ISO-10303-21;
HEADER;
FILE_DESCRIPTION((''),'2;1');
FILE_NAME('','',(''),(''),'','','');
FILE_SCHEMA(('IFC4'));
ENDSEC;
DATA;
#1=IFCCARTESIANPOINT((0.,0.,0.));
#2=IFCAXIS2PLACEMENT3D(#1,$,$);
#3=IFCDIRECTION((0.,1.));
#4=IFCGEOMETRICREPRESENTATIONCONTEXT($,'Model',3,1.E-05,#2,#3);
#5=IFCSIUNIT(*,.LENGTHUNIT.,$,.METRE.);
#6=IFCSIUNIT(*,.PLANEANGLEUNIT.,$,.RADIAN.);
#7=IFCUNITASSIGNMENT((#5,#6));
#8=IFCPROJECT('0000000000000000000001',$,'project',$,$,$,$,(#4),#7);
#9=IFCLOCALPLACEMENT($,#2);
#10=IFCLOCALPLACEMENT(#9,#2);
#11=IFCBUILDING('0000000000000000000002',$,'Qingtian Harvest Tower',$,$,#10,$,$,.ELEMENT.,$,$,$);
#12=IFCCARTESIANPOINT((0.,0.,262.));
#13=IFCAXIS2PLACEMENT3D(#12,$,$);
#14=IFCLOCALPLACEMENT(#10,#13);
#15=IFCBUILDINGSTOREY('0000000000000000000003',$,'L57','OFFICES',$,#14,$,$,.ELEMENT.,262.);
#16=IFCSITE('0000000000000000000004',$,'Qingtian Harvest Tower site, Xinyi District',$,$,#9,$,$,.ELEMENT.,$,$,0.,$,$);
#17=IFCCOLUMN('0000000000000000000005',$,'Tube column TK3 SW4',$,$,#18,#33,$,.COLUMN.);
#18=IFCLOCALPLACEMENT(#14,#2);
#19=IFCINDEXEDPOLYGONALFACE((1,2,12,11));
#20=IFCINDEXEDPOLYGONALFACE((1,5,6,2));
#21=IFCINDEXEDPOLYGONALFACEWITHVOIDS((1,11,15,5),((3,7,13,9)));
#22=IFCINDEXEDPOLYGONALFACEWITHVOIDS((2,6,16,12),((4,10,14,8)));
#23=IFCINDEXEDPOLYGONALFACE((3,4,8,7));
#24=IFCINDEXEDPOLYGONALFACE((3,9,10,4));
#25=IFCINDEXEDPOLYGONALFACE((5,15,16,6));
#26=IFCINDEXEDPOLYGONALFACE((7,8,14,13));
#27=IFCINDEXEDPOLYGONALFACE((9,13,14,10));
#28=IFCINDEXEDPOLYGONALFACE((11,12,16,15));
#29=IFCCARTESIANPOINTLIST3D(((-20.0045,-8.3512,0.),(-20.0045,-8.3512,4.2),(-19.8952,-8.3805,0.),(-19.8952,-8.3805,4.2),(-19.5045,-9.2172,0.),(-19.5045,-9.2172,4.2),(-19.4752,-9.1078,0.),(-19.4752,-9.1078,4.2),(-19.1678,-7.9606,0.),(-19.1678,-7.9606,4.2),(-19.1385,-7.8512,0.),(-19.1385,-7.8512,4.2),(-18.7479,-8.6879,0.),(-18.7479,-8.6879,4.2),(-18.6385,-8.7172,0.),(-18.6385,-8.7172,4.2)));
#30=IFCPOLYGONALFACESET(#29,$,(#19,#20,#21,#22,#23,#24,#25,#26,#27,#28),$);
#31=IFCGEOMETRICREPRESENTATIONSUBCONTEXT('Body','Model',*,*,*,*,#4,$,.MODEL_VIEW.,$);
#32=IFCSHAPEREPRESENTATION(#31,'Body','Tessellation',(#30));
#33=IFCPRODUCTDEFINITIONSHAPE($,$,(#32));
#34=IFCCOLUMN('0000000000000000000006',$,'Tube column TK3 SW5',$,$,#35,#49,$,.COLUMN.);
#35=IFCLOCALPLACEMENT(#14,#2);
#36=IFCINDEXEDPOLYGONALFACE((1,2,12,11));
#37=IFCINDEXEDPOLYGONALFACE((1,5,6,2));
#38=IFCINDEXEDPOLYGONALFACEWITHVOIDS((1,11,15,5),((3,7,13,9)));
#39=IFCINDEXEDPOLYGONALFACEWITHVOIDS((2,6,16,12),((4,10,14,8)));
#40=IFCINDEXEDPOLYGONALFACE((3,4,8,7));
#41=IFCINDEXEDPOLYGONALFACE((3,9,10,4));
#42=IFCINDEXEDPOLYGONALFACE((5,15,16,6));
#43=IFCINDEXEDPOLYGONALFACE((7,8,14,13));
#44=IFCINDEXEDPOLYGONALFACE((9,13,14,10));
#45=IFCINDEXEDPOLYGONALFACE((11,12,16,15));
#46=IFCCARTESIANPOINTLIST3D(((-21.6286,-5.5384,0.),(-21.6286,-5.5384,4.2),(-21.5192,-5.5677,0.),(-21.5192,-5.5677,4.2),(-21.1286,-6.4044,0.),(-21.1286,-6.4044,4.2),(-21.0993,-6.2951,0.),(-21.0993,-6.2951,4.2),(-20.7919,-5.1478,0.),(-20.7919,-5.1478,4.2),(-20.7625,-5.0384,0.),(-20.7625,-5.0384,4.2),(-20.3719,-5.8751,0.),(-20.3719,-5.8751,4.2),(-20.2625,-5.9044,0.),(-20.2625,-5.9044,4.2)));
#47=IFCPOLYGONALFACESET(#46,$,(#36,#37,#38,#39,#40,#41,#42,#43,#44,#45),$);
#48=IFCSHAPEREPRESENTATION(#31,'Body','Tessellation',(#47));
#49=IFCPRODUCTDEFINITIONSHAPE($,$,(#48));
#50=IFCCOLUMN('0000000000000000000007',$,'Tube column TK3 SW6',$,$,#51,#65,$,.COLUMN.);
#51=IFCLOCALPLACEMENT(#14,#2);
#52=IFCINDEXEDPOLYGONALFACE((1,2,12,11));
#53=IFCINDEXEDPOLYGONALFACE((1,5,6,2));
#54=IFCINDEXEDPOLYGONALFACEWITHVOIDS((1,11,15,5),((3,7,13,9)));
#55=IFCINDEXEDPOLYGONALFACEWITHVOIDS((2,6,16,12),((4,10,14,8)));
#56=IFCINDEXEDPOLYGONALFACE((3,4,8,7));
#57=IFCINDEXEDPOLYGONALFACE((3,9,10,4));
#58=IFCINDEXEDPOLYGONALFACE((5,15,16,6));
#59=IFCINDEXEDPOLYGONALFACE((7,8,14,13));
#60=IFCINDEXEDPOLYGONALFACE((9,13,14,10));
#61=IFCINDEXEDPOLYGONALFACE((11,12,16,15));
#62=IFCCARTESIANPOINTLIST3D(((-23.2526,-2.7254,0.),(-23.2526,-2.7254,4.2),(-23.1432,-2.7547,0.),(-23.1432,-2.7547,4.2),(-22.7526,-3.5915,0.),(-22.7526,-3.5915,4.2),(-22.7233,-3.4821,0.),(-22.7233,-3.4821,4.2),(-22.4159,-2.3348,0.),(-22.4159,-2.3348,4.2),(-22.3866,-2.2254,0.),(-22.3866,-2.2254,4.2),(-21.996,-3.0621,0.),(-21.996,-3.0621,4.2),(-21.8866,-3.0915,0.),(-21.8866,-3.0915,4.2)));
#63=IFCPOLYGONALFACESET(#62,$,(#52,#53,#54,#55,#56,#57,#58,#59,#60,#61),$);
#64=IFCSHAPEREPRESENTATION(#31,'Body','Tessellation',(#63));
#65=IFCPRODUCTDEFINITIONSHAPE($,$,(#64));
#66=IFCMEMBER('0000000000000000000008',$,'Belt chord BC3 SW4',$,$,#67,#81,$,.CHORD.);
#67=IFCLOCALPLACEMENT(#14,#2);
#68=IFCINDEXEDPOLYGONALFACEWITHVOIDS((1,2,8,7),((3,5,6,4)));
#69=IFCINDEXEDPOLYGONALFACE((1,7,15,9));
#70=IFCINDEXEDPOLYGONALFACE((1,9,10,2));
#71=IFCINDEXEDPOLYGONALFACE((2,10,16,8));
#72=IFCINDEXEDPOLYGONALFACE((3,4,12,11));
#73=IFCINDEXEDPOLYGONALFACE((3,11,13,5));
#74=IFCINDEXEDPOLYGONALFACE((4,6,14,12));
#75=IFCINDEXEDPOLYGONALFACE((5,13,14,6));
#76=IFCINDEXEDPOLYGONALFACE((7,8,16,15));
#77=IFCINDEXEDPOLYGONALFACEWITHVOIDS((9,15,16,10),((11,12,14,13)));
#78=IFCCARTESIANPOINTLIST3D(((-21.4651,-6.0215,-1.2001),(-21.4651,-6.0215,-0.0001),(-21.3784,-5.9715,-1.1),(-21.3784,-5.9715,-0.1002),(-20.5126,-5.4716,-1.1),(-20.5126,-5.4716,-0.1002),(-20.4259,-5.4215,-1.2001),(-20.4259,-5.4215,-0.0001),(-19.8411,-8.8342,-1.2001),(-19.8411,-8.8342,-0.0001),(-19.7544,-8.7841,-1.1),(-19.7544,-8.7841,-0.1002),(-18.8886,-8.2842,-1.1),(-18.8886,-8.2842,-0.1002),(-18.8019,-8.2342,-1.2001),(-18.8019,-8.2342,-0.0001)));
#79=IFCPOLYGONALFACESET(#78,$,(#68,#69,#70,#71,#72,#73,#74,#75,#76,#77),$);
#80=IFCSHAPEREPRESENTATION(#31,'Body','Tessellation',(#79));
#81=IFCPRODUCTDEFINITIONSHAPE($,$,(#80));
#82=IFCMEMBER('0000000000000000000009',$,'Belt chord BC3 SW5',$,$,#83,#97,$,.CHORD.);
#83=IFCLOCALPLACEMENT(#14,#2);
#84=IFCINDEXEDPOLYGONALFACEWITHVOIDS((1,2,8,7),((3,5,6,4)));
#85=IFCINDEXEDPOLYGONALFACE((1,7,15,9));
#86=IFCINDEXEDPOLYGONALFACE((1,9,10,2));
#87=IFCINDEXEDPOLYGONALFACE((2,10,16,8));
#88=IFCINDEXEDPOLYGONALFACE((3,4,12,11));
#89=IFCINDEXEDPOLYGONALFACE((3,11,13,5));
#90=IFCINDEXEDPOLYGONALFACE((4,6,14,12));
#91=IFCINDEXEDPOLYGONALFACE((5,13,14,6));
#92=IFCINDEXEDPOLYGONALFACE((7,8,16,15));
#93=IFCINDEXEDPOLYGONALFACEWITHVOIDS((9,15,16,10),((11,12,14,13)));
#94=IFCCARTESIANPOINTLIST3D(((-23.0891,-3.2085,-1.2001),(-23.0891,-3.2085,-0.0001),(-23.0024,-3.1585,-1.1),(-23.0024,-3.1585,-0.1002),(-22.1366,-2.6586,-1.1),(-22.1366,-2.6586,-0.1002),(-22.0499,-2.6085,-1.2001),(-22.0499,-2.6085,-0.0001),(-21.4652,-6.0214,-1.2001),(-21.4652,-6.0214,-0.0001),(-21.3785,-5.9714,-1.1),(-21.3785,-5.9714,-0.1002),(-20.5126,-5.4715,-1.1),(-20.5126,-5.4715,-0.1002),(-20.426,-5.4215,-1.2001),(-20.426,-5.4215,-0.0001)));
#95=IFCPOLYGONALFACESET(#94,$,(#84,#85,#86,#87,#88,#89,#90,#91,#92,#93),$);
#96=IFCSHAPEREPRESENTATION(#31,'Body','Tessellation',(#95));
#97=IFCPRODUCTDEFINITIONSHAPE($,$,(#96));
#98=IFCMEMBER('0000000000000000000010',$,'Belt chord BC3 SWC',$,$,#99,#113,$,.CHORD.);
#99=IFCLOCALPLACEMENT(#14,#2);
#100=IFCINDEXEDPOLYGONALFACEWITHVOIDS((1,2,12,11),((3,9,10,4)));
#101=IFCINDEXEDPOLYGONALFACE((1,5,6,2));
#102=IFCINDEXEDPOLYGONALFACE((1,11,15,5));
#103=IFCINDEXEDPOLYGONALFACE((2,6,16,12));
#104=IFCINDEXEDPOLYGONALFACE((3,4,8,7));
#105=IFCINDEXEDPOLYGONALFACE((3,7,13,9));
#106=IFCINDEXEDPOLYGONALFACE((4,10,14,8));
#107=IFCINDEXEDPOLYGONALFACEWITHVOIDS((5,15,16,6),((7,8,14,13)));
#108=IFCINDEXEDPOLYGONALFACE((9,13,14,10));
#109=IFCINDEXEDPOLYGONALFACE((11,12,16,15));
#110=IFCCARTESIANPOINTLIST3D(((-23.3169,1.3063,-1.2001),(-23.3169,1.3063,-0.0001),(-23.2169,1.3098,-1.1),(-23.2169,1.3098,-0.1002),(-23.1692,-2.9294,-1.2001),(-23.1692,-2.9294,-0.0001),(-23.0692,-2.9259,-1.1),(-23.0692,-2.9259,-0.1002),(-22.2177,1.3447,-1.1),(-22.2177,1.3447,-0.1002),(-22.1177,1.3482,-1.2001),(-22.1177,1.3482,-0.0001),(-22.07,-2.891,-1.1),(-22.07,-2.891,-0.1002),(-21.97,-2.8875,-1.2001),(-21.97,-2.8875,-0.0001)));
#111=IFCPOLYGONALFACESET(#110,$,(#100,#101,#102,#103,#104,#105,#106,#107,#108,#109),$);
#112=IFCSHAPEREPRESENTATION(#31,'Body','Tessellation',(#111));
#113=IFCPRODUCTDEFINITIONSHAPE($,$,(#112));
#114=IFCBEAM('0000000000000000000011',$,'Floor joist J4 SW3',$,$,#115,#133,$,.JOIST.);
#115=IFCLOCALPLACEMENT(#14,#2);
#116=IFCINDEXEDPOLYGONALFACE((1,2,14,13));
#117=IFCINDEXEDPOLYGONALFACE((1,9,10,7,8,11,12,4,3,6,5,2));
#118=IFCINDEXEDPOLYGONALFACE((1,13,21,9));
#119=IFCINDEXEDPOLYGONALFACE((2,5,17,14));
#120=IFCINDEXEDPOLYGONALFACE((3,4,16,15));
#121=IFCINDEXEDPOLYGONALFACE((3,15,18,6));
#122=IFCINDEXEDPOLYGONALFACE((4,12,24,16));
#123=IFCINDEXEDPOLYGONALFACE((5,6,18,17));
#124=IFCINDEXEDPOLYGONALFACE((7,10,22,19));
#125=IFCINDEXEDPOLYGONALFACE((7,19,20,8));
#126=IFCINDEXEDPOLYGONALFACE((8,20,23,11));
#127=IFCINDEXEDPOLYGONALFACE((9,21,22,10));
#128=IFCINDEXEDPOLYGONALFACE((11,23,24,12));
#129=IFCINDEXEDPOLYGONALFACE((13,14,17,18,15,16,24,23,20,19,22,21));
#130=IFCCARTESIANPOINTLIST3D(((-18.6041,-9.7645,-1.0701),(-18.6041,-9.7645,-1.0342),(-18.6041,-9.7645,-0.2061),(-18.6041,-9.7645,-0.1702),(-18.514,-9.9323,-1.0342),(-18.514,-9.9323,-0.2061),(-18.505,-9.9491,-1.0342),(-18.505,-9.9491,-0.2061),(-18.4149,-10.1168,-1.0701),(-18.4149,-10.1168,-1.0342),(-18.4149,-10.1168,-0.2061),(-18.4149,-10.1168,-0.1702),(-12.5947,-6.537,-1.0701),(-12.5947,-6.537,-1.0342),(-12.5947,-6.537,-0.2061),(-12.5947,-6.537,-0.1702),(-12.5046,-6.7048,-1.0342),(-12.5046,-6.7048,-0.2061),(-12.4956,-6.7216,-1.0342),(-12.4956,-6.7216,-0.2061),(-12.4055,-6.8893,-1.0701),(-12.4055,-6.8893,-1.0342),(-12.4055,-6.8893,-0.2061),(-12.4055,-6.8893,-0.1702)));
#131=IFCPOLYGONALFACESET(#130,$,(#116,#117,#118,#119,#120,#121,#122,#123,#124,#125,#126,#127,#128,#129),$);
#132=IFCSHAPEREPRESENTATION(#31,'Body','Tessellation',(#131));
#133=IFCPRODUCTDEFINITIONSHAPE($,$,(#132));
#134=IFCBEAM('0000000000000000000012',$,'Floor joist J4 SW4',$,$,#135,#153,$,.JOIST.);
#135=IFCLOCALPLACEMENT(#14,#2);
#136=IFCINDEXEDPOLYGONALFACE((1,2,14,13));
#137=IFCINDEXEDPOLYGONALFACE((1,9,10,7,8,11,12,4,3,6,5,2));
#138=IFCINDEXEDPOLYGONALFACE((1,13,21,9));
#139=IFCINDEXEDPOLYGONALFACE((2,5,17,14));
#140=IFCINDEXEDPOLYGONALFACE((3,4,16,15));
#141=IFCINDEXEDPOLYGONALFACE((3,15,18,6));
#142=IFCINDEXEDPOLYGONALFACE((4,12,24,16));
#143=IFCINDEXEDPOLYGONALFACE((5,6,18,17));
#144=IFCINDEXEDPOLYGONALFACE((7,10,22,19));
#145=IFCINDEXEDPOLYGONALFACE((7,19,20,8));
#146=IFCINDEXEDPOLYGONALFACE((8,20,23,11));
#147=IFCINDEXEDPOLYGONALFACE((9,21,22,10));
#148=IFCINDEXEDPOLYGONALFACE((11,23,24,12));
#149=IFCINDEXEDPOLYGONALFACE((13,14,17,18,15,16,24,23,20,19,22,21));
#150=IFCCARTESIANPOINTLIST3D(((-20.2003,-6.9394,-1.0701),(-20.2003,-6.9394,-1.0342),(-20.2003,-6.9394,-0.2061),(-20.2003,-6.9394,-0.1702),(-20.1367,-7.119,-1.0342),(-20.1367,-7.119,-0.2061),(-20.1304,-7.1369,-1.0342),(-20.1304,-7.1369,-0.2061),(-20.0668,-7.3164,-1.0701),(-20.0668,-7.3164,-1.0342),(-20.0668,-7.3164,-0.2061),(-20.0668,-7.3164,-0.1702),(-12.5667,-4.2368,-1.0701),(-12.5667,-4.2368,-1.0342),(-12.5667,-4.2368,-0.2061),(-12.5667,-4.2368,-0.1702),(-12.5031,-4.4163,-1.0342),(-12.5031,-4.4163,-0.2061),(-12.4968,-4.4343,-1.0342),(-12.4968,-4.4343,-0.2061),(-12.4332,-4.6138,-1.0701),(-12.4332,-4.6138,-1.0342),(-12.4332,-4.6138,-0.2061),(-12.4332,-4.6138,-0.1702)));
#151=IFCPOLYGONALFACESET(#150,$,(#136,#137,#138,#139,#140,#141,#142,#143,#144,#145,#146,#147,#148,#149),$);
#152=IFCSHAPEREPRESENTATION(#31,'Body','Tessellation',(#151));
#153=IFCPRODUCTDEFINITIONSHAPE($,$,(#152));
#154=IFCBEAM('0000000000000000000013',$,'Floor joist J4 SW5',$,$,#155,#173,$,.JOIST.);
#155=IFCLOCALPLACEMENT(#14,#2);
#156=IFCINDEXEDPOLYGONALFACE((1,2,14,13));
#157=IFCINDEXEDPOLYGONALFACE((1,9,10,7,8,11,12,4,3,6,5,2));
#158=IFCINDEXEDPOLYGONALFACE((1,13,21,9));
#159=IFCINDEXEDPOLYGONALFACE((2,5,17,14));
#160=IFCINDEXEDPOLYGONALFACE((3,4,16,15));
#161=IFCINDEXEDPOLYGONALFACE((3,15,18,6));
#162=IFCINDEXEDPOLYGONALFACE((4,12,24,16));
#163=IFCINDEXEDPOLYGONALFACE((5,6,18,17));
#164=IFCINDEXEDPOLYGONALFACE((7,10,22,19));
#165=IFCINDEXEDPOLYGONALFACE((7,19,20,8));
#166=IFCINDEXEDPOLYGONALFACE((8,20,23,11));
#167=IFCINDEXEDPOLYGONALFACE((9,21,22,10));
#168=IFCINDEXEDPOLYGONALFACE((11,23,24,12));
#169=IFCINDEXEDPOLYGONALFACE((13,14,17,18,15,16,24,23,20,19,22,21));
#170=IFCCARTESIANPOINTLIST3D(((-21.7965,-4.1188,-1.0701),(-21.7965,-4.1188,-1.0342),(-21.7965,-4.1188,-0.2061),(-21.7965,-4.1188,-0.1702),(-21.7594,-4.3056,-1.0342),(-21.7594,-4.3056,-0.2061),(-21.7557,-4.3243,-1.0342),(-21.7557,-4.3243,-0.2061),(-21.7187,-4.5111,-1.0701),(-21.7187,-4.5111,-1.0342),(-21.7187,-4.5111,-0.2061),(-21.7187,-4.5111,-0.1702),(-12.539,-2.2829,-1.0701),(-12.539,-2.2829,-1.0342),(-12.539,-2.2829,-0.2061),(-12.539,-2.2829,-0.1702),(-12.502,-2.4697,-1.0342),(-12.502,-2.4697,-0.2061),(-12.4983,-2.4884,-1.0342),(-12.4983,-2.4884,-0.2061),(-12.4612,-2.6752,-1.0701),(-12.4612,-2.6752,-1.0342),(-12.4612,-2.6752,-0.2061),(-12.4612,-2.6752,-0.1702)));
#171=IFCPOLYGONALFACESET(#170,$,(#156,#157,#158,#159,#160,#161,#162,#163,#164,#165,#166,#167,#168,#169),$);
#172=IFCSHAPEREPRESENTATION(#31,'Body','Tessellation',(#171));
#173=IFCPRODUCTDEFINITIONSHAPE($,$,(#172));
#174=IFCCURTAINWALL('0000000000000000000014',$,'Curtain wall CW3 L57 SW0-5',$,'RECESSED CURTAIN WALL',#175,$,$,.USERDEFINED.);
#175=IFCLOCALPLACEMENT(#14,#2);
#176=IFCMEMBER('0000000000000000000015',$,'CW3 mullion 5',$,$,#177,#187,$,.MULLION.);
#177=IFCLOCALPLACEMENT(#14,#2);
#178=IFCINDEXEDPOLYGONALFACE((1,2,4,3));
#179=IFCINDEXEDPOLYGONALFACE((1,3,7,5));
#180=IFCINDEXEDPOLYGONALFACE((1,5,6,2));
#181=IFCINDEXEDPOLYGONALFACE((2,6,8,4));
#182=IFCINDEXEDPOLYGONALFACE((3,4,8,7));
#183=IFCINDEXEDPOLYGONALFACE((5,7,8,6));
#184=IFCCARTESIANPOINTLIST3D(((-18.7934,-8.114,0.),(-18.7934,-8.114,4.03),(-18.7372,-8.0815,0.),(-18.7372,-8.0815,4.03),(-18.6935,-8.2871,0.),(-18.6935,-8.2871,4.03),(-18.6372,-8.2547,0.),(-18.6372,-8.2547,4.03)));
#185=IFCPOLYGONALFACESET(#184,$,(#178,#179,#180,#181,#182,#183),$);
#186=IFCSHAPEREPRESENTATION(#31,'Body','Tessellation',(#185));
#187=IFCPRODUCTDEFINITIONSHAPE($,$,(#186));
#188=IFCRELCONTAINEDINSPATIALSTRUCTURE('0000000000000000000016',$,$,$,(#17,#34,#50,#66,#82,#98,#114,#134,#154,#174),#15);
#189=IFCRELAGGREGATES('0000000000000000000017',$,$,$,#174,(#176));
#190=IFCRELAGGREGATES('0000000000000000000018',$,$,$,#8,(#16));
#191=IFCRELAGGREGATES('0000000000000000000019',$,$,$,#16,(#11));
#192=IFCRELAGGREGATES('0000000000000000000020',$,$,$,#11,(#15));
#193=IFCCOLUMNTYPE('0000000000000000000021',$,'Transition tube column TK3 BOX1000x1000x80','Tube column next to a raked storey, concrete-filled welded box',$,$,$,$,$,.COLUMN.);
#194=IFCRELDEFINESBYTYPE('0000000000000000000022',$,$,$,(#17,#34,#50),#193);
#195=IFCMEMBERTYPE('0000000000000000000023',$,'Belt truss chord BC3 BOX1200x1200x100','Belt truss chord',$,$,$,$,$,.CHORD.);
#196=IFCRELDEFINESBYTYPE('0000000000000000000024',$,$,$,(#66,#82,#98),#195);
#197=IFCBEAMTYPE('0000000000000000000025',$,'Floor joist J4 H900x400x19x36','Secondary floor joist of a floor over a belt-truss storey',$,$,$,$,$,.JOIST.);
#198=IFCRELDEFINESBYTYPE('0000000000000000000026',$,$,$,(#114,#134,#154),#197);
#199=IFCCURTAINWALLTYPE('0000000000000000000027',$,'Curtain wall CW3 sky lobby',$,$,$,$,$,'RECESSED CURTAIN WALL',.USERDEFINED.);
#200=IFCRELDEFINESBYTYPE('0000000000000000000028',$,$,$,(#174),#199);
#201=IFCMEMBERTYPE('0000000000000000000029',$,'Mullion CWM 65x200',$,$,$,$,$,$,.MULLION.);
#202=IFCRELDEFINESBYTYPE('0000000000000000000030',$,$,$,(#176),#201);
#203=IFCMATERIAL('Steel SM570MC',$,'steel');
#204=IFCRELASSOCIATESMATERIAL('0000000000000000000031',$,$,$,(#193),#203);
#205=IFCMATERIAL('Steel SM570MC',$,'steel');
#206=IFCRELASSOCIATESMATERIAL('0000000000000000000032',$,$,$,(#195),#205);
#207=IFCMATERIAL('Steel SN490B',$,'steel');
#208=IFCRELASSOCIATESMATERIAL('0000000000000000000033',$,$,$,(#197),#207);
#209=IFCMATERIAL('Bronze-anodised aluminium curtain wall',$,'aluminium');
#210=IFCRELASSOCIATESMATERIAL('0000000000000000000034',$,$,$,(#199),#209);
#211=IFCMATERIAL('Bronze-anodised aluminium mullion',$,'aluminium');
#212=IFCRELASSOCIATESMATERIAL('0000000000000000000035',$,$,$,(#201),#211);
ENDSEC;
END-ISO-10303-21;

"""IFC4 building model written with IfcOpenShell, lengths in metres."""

from ifc_helpers import new_model, si_unit, direction, frame, origin, origin_2d, place, context, subcontext, project, spatial, rectangle, hollow_rectangle, i_section, extrude, material, material_profile, profile_set, type_object, element, aggregate, save


model = new_model("IFC4")

# Units and contexts
model_context = context("Model", 3, precision=1e-05, world=origin(), true_north=direction((0.0, 1.0)))
body_context = subcontext(model_context, "Body", "Model", "MODEL_VIEW")
ifc_project = project(units=[si_unit("LENGTHUNIT", "METRE"), si_unit("PLANEANGLEUNIT", "RADIAN")], contexts=[model_context])

# Site, building, storey
site_placement = place(None, origin())
site = spatial("IfcSite", under=ifc_project, at=site_placement, Name="Qingtian Harvest Tower site, Xinyi District", CompositionType="ELEMENT", RefElevation=0.0)
building_placement = place(site_placement, origin())
building = spatial("IfcBuilding", under=site, at=building_placement, Name="Qingtian Harvest Tower", CompositionType="ELEMENT")
storey_placement = place(building_placement, frame((0.0, 0.0, 262.0)))
storey = spatial("IfcBuildingStorey", under=building, at=storey_placement, Name="L57", Description="OFFICES", CompositionType="ELEMENT", Elevation=262.0)

# Columns
ifc_material_1 = material(Name="Steel SM570MC", Category="steel")
ifc_material_profile_1 = material_profile(ifc_material_1, hollow_rectangle(XDim=1.0, YDim=1.0, WallThickness=0.0801, at=origin_2d()), Name="BOX1000x1000x80")
ifc_profile_set_1 = profile_set([ifc_material_profile_1], Name="Steel SM570MC")
column_type = type_object("IfcColumnType", Name="Transition tube column TK3 BOX1000x1000x80", Description="Tube column next to a raked storey, concrete-filled welded box", PredefinedType="COLUMN", material=ifc_profile_set_1)
for number, where, z_axis, x_axis, name in (
    (1, (-19.3215, -8.5342, 0.0), (0.0, 0.0, 1.0), (0.5, -0.866025, 0.0), "Tube column TK3 SW4"),
    (2, (-20.9456, -5.7214, 0.0), (0.0, 0.0, 1.0), (0.5, -0.866025, 0.0), "Tube column TK3 SW5"),
    (3, (-22.5696, -2.9084, 0.0), (0.0, 0.0, 1.0), (0.5, -0.866025, 0.0), "Tube column TK3 SW6"),
):
    element("IfcColumn", number, at=place(storey_placement, frame(where, z_axis=z_axis, x_axis=x_axis)), inside=storey, type_object=column_type, Name=name, PredefinedType="COLUMN", context=body_context, shape_type="SweptSolid", body=[
        extrude(hollow_rectangle(XDim=1.0, YDim=1.0, WallThickness=0.0801, at=origin_2d()), origin(), (0.0, 0.0, 1.0), 4.2),
    ])

# Members
ifc_material_2 = material(Name="Steel SM570MC", Category="steel")
ifc_material_profile_2 = material_profile(ifc_material_2, hollow_rectangle(XDim=1.2, YDim=1.2, WallThickness=0.1001, at=origin_2d()), Name="BOX1200x1200x100")
ifc_profile_set_2 = profile_set([ifc_material_profile_2], Name="Steel SM570MC")
member_type_1 = type_object("IfcMemberType", Name="Belt truss chord BC3 BOX1200x1200x100", Description="Belt truss chord", PredefinedType="CHORD", material=ifc_profile_set_2)
member_1_placement = place(storey_placement, frame((-19.3215, -8.5342, -0.6001), z_axis=(-0.50002, 0.866014, 0.0), x_axis=(-0.866014, -0.50002, 0.0)))
element("IfcMember", 4, at=member_1_placement, inside=storey, type_object=member_type_1, Name="Belt chord BC3 SW4", PredefinedType="CHORD", context=body_context, shape_type="SweptSolid", body=[
    extrude(hollow_rectangle(XDim=1.2, YDim=1.2, WallThickness=0.1001, at=origin_2d()), origin(), (0.0, 0.0, 1.0), 3.2478),
])
member_2_placement = place(storey_placement, frame((-20.9456, -5.7214, -0.6001), z_axis=(-0.499987, 0.866033, 0.0), x_axis=(-0.866033, -0.499987, 0.0)))
element("IfcMember", 5, at=member_2_placement, inside=storey, type_object=member_type_1, Name="Belt chord BC3 SW5", PredefinedType="CHORD", context=body_context, shape_type="SweptSolid", body=[
    extrude(hollow_rectangle(XDim=1.2, YDim=1.2, WallThickness=0.1001, at=origin_2d()), origin(), (0.0, 0.0, 1.0), 3.248),
])
member_3_placement = place(storey_placement, frame((-22.5696, -2.9084, -0.6001), z_axis=(-0.034851, 0.999393, 0.0), x_axis=(-0.999393, -0.034851, 0.0)))
element("IfcMember", 6, at=member_3_placement, inside=storey, type_object=member_type_1, Name="Belt chord BC3 SWC", PredefinedType="CHORD", context=body_context, shape_type="SweptSolid", body=[
    extrude(hollow_rectangle(XDim=1.2, YDim=1.2, WallThickness=0.1001, at=origin_2d()), origin(), (0.0, 0.0, 1.0), 4.2383),
])

# Beams
ifc_material_3 = material(Name="Steel SN490B", Category="steel")
ifc_material_profile_3 = material_profile(ifc_material_3, i_section(OverallWidth=0.3999, OverallDepth=0.8999, WebThickness=0.019, FlangeThickness=0.0359, at=origin_2d()), Name="H900x400x19x36")
ifc_profile_set_3 = profile_set([ifc_material_profile_3], Name="Steel SN490B")
beam_type_1 = type_object("IfcBeamType", Name="Floor joist J4 H900x400x19x36", Description="Secondary floor joist of a floor over a belt-truss storey", PredefinedType="JOIST", material=ifc_profile_set_3)
beam_1_placement = place(storey_placement, frame((-18.5095, -9.9407, -0.6201), z_axis=(0.880982, 0.47315, 0.0), x_axis=(-0.47315, 0.880982, 0.0)))
element("IfcBeam", 7, at=beam_1_placement, inside=storey, type_object=beam_type_1, Name="Floor joist J4 SW3", PredefinedType="JOIST", context=body_context, shape_type="SweptSolid", body=[
    extrude(i_section(OverallWidth=0.3999, OverallDepth=0.8999, WebThickness=0.019, FlangeThickness=0.0359, at=origin_2d()), origin(), (0.0, 0.0, 1.0), 6.8213),
])
beam_2_placement = place(storey_placement, frame((-20.1335, -7.1279, -0.6201), z_axis=(0.942663, 0.333747, 0.0), x_axis=(-0.333747, 0.942663, 0.0)))
element("IfcBeam", 8, at=beam_2_placement, inside=storey, type_object=beam_type_1, Name="Floor joist J4 SW4", PredefinedType="JOIST", context=body_context, shape_type="SweptSolid", body=[
    extrude(i_section(OverallWidth=0.3999, OverallDepth=0.8999, WebThickness=0.019, FlangeThickness=0.0359, at=origin_2d()), origin(), (0.0, 0.0, 1.0), 8.0979),
])
beam_3_placement = place(storey_placement, frame((-21.7576, -4.3149, -0.6201), z_axis=(0.980897, 0.194529, 0.0), x_axis=(-0.194529, 0.980897, 0.0)))
element("IfcBeam", 9, at=beam_3_placement, inside=storey, type_object=beam_type_1, Name="Floor joist J4 SW5", PredefinedType="JOIST", context=body_context, shape_type="SweptSolid", body=[
    extrude(i_section(OverallWidth=0.3999, OverallDepth=0.8999, WebThickness=0.019, FlangeThickness=0.0359, at=origin_2d()), origin(), (0.0, 0.0, 1.0), 9.4377),
])

# Curtain wall, member
ifc_material_4 = material(Name="Bronze-anodised aluminium curtain wall", Category="aluminium")
curtain_wall_type = type_object("IfcCurtainWallType", Name="Curtain wall CW3 sky lobby", ElementType="RECESSED CURTAIN WALL", PredefinedType="USERDEFINED", material=ifc_material_4)
curtain_wall_1_placement = place(storey_placement, origin())
curtain_wall_1 = element("IfcCurtainWall", 10, at=curtain_wall_1_placement, inside=storey, type_object=curtain_wall_type, Name="Curtain wall CW3 L57 SW0-5", ObjectType="RECESSED CURTAIN WALL", PredefinedType="USERDEFINED")
ifc_material_5 = material(Name="Bronze-anodised aluminium mullion", Category="aluminium")
ifc_material_profile_4 = material_profile(ifc_material_5, rectangle(XDim=0.0649, YDim=0.2, at=origin_2d()), Name="AL 65x200")
ifc_profile_set_4 = profile_set([ifc_material_profile_4], Name="Bronze-anodised aluminium mullion")
member_type_2 = type_object("IfcMemberType", Name="Mullion CWM 65x200", PredefinedType="MULLION", material=ifc_profile_set_4)
member_4_placement = place(storey_placement, frame((-18.7153, -8.1843, 0.0), z_axis=(0.0, 0.0, 1.0), x_axis=(-0.866025, -0.5, 0.0)))
member_4 = element("IfcMember", 11, at=member_4_placement, type_object=member_type_2, Name="CW3 mullion 5", PredefinedType="MULLION", context=body_context, shape_type="SweptSolid", body=[
    extrude(rectangle(XDim=0.0649, YDim=0.2, at=origin_2d()), origin(), (0.0, 0.0, 1.0), 4.03),
])

aggregate(curtain_wall_1, [member_4])

save(model, "model.ifc")
